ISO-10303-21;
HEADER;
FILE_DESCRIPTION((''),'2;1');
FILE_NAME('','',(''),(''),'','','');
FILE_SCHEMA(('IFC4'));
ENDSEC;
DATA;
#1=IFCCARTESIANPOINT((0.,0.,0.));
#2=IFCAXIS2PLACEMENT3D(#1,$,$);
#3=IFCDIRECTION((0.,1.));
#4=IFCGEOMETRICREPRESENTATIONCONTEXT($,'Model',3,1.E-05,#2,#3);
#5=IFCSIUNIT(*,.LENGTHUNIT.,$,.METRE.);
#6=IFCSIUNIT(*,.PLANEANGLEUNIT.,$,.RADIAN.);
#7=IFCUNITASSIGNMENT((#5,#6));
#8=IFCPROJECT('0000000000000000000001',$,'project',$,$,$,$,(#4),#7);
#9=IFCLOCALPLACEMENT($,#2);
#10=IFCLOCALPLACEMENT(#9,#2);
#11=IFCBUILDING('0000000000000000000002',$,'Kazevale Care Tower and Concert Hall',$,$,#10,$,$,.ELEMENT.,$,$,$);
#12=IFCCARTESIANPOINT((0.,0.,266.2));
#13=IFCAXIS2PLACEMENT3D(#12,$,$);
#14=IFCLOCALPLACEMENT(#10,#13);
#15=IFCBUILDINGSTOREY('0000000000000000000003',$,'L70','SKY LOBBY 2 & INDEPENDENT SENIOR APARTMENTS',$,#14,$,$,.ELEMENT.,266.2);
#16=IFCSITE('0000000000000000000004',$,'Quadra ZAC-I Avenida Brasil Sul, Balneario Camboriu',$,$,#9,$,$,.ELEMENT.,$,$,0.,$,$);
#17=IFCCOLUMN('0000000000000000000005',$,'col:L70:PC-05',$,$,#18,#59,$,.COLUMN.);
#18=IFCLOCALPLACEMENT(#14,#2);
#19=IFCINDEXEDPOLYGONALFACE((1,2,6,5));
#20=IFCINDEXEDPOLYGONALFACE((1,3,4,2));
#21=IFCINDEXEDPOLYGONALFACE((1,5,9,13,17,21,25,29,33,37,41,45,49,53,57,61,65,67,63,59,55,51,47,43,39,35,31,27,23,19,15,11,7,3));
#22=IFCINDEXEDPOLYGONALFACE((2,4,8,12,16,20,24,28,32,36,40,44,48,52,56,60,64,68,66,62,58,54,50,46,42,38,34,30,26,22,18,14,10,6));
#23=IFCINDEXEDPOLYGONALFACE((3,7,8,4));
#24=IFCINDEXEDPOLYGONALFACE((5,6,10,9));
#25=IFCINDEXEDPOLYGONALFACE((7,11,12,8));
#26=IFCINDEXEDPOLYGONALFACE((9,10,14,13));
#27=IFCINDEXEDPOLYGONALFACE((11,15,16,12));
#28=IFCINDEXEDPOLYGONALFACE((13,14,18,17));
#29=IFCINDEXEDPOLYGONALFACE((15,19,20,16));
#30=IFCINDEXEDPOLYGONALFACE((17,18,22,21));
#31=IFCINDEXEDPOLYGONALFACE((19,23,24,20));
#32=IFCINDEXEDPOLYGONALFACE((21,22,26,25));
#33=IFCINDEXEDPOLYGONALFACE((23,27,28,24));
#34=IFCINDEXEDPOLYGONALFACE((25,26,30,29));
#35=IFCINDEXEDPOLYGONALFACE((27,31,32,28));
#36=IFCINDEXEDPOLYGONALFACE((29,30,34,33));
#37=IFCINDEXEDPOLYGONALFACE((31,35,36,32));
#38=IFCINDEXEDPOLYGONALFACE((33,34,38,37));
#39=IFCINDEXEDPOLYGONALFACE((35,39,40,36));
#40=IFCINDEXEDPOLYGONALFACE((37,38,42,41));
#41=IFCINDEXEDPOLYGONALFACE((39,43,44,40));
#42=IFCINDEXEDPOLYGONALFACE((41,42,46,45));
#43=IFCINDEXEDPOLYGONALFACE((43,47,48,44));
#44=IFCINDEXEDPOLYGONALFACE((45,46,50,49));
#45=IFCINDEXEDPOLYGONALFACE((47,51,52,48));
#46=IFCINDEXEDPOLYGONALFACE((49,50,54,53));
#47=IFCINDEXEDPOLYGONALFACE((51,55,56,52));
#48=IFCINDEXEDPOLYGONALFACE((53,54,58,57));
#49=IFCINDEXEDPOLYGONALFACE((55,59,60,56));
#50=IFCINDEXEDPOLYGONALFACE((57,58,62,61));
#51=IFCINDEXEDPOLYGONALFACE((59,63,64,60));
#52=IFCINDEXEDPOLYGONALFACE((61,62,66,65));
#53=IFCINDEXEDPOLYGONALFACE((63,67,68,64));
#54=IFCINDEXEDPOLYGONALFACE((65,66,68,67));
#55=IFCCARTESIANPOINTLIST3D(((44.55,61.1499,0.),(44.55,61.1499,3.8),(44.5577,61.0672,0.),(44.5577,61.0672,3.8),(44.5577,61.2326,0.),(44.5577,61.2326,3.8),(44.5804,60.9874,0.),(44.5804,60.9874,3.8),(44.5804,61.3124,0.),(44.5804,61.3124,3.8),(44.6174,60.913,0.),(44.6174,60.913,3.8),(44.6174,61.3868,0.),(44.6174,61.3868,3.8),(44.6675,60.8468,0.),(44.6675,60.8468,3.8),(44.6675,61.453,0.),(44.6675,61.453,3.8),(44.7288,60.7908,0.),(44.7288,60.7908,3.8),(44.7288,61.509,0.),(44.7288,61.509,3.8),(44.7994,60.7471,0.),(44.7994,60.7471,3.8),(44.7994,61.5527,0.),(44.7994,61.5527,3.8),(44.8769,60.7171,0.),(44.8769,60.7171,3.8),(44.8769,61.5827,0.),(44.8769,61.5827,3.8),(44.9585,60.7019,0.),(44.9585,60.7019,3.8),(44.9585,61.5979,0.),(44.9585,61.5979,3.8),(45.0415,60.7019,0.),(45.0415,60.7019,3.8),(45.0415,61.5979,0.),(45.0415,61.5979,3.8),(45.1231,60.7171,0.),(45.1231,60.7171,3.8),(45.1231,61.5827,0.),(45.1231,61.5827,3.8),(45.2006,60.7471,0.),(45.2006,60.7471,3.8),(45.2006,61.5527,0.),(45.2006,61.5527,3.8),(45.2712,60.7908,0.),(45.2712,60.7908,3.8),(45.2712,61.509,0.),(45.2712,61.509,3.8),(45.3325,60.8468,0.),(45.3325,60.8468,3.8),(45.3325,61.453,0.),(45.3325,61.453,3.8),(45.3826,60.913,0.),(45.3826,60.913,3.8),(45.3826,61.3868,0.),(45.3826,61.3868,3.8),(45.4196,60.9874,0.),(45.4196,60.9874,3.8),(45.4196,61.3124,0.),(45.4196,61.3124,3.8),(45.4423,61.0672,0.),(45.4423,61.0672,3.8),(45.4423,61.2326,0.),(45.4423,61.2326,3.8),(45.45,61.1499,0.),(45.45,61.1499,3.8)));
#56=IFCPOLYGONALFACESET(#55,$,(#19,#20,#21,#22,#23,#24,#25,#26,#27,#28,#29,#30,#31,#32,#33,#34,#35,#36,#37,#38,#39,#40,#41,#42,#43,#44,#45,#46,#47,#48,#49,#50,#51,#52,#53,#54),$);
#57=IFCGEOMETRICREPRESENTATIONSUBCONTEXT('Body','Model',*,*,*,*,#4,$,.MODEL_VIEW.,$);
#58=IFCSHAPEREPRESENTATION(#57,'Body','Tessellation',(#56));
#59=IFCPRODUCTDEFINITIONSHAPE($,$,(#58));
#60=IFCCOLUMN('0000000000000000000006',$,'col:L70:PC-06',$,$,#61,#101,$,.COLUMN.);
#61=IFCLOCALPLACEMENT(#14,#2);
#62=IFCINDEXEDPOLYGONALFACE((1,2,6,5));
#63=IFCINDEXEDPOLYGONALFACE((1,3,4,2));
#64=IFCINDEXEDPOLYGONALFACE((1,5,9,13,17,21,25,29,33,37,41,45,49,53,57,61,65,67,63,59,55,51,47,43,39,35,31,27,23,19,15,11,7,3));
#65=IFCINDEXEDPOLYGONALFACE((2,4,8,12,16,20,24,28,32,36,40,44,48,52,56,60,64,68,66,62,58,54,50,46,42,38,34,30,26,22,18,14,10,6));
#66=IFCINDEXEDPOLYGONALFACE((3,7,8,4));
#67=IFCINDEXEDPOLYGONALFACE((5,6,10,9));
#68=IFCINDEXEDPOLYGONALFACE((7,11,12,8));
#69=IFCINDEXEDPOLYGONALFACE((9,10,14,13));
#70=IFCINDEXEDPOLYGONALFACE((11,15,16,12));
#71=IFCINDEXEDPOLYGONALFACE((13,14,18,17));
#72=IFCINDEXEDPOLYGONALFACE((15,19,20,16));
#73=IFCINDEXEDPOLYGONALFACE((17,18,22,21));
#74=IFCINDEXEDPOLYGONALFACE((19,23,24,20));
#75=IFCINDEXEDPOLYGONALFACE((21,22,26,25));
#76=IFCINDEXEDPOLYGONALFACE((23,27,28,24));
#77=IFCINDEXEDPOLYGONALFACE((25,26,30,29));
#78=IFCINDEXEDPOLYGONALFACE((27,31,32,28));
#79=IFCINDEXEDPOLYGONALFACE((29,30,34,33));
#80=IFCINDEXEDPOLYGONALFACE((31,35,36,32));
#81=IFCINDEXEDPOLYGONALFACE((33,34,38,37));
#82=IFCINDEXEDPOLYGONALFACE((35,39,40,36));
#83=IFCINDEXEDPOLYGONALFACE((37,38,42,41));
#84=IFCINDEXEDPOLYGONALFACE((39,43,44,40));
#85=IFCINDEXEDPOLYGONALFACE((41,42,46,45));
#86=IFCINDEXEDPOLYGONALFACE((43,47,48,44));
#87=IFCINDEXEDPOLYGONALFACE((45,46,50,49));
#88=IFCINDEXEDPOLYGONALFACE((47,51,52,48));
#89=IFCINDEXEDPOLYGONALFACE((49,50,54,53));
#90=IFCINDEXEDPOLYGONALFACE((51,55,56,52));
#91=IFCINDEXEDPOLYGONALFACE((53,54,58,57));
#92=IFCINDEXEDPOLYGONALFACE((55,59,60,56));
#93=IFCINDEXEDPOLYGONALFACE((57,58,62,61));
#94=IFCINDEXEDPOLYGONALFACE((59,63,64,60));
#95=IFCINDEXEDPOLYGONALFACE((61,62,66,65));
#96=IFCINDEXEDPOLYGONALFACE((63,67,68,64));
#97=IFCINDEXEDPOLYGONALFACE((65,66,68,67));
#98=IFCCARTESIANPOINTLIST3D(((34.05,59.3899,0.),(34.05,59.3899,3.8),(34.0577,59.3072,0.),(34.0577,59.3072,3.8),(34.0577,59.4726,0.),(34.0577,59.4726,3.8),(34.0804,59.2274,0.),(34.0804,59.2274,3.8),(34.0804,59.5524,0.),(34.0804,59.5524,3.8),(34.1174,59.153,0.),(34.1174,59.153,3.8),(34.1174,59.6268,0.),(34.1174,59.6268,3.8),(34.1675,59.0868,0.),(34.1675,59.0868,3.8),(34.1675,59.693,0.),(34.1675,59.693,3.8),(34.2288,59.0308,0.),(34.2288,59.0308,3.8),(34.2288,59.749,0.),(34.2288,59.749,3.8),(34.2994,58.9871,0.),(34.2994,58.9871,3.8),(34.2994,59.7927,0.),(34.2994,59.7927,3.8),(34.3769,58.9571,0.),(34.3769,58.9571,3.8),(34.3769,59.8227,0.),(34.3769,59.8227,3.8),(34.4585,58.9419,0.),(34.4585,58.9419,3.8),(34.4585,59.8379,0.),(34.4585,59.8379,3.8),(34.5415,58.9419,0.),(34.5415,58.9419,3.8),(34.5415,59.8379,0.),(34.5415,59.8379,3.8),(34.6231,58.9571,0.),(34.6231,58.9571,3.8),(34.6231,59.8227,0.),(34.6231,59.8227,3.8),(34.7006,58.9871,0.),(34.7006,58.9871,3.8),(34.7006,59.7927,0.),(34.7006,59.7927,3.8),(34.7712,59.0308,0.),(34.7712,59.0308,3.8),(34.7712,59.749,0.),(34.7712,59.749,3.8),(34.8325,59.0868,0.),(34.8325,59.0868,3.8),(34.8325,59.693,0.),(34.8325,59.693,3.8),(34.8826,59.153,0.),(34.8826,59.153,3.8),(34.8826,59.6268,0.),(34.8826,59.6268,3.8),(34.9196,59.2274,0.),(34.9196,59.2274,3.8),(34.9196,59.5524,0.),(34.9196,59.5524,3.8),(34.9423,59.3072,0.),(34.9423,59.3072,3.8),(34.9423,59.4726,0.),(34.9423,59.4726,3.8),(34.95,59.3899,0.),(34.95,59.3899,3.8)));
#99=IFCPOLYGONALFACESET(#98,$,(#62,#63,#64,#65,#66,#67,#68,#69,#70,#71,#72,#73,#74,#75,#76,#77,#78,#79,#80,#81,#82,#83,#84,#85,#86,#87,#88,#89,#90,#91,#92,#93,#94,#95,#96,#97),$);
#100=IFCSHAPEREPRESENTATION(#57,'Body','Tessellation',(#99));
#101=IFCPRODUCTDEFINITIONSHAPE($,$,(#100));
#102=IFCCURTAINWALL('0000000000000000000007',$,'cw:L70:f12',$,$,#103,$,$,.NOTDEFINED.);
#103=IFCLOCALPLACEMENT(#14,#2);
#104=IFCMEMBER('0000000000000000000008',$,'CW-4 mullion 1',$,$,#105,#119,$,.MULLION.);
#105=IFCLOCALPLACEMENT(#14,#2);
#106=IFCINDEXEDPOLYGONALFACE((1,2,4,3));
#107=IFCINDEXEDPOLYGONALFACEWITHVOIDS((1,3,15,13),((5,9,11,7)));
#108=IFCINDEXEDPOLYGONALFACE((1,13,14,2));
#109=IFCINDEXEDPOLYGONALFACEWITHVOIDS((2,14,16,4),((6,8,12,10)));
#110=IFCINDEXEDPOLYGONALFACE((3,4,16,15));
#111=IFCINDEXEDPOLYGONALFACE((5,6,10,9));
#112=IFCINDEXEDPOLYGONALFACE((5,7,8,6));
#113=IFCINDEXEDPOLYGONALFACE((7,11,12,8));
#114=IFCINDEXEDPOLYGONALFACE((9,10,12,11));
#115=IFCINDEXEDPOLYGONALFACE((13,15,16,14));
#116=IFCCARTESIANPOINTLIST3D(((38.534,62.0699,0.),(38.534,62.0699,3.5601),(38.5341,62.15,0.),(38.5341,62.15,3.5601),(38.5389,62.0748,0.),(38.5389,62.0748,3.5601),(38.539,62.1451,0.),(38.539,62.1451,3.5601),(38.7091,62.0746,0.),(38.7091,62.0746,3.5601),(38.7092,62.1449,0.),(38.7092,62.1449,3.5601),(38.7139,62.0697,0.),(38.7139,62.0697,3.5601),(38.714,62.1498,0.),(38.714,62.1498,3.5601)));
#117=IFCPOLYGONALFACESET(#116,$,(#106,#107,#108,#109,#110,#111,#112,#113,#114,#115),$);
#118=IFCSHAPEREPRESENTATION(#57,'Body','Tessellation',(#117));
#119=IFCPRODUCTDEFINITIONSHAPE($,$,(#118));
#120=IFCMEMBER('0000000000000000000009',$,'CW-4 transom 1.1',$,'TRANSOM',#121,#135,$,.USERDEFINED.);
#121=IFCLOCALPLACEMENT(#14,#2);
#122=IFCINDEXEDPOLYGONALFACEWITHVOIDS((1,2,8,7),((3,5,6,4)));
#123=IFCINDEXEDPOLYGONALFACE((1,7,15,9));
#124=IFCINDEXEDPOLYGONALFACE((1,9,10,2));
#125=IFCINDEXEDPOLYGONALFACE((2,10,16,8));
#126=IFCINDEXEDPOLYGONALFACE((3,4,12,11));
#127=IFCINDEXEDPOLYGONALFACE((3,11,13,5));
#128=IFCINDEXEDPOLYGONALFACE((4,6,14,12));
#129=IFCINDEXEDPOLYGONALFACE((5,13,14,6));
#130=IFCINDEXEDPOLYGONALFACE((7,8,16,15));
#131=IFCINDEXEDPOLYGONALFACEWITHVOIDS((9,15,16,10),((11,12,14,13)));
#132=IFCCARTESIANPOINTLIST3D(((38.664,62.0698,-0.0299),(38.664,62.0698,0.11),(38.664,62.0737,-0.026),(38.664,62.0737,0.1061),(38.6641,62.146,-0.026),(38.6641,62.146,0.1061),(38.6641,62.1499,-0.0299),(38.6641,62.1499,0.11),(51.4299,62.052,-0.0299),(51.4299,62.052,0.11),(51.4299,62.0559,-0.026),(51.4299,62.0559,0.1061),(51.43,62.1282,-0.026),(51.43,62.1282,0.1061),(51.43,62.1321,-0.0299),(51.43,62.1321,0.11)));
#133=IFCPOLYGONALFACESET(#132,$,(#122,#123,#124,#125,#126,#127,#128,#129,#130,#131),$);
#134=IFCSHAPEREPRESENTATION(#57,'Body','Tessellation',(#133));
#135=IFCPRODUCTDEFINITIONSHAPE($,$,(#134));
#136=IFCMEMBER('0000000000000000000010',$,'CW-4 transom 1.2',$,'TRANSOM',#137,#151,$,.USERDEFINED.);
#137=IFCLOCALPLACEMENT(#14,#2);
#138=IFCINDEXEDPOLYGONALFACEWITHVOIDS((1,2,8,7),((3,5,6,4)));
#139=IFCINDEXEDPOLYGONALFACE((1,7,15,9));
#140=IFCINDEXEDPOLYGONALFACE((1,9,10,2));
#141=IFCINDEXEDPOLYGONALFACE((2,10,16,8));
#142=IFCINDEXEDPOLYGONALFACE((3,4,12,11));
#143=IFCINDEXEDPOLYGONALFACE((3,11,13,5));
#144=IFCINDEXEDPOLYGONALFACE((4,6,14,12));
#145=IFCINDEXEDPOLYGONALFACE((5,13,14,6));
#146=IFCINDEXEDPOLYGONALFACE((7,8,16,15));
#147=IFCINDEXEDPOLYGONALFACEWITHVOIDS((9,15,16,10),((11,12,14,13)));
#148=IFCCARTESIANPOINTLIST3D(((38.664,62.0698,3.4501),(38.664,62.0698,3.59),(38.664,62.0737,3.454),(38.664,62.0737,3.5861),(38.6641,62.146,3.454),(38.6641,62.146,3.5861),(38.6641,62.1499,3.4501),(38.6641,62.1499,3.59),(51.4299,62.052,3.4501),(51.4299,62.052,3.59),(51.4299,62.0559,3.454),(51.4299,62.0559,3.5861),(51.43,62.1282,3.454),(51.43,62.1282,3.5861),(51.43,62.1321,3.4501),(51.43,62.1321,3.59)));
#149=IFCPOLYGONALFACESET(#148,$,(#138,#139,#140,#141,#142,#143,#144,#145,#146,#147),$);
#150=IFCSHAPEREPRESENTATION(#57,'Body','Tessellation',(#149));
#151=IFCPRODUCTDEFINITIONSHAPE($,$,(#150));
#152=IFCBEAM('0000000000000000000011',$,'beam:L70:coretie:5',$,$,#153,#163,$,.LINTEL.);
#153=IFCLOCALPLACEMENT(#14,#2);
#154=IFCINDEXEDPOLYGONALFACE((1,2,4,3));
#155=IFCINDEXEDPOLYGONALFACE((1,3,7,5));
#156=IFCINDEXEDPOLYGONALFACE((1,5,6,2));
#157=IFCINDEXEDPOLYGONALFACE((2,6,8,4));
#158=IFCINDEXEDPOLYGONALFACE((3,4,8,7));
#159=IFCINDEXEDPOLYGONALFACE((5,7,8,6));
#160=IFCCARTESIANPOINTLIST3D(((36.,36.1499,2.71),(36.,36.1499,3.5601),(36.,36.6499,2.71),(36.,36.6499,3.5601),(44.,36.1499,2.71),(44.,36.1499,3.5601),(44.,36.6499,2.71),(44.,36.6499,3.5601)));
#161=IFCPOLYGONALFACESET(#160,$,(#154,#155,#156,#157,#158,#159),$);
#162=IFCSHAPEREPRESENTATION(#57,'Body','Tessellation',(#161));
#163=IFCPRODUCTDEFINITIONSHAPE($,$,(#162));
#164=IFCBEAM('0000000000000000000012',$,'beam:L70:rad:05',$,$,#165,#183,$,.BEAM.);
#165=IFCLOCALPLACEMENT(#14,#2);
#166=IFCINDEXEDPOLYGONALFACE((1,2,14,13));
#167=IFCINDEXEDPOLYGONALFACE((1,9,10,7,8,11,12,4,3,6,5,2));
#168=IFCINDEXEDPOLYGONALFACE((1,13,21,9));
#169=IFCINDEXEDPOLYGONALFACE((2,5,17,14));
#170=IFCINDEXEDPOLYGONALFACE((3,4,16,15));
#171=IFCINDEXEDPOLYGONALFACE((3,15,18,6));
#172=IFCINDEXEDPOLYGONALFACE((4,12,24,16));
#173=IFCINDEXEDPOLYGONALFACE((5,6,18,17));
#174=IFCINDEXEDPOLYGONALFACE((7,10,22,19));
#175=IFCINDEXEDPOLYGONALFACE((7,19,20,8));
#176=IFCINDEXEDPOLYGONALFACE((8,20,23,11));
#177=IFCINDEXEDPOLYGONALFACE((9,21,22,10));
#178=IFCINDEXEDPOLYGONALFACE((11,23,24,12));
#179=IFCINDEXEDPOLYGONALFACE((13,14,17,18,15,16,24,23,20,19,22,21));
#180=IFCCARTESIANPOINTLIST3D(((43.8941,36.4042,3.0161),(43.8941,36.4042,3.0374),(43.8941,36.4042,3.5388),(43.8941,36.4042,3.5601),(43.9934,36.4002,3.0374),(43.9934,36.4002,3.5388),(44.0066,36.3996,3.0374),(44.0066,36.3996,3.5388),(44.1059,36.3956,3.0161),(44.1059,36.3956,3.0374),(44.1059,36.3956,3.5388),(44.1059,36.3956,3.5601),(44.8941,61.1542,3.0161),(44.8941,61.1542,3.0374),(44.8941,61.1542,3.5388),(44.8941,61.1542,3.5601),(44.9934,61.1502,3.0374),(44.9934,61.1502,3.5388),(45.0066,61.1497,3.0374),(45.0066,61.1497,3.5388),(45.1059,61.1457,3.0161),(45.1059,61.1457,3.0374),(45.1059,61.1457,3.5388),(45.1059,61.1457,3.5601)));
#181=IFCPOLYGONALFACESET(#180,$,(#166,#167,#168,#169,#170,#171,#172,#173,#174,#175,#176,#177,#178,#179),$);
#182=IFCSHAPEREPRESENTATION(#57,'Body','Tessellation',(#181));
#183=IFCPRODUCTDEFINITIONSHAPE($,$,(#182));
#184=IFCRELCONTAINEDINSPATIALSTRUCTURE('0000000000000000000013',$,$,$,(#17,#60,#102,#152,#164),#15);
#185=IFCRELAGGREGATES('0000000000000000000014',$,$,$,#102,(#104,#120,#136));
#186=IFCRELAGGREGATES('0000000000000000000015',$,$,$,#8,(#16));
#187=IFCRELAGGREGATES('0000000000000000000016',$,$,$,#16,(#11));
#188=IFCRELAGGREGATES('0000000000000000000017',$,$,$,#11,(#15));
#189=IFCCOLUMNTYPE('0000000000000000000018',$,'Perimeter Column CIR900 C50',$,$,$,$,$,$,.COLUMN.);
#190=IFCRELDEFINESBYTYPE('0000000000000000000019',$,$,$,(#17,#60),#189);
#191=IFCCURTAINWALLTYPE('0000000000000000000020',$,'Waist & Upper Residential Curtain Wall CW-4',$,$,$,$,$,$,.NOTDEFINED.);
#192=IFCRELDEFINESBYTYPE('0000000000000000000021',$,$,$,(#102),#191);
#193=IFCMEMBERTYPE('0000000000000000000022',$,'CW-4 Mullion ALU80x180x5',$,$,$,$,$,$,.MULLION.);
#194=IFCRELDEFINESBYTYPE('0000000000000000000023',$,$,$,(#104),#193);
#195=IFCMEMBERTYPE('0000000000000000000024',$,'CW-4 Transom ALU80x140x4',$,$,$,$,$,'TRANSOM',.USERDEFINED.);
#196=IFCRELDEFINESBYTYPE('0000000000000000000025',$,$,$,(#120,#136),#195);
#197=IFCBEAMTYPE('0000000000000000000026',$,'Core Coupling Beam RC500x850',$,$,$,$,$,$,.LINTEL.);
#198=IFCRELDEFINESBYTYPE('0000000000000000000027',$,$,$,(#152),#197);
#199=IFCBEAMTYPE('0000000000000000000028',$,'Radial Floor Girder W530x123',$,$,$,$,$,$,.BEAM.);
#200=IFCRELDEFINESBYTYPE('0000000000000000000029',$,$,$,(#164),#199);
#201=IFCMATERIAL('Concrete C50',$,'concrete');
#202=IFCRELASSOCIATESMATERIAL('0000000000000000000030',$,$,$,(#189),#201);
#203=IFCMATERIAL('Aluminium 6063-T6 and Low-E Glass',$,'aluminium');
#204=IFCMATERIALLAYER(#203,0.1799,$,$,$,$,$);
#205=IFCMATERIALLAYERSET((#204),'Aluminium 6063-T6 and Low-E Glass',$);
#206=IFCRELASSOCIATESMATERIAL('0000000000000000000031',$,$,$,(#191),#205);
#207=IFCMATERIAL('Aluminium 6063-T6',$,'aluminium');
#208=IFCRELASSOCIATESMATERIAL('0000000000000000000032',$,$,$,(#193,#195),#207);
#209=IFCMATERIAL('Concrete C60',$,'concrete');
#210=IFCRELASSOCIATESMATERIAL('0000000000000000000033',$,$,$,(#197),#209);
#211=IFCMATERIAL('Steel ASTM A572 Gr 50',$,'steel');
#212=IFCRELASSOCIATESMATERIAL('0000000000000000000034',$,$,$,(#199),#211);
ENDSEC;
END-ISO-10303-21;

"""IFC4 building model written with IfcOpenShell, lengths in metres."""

from ifc_helpers import new_model, si_unit, direction, frame, origin, origin_2d, place, context, subcontext, project, spatial, rectangle, hollow_rectangle, circle, i_section, extrude, material, layer, layer_set, material_profile, profile_set, type_object, element, aggregate, save


model = new_model("IFC4")

# Units and contexts
model_context = context("Model", 3, precision=1e-05, world=origin(), true_north=direction((0.0, 1.0)))
body_context = subcontext(model_context, "Body", "Model", "MODEL_VIEW")
ifc_project = project(units=[si_unit("LENGTHUNIT", "METRE"), si_unit("PLANEANGLEUNIT", "RADIAN")], contexts=[model_context])

# Site, building, storey
site_placement = place(None, origin())
site = spatial("IfcSite", under=ifc_project, at=site_placement, Name="Quadra ZAC-I Avenida Brasil Sul, Balneario Camboriu", CompositionType="ELEMENT", RefElevation=0.0)
building_placement = place(site_placement, origin())
building = spatial("IfcBuilding", under=site, at=building_placement, Name="Kazevale Care Tower and Concert Hall", CompositionType="ELEMENT")
storey_placement = place(building_placement, frame((0.0, 0.0, 266.2)))
storey = spatial("IfcBuildingStorey", under=building, at=storey_placement, Name="L70", Description="SKY LOBBY 2 & INDEPENDENT SENIOR APARTMENTS", CompositionType="ELEMENT", Elevation=266.2)

# Columns
ifc_material_1 = material(Name="Concrete C50", Category="concrete")
ifc_material_profile_1 = material_profile(ifc_material_1, circle(Radius=0.45, at=origin_2d()), Name="RC-CIR900")
ifc_profile_set_1 = profile_set([ifc_material_profile_1], Name="Concrete C50")
column_type = type_object("IfcColumnType", Name="Perimeter Column CIR900 C50", PredefinedType="COLUMN", material=ifc_profile_set_1)
for number, where, z_axis, x_axis, name in (
    (1, (45.0, 61.1499, 0.0), (0.0, 0.0, 1.0), (1.0, 0.0, 0.0), "col:L70:PC-05"),
    (2, (34.5, 59.3899, 0.0), (0.0, 0.0, 1.0), (1.0, 0.0, 0.0), "col:L70:PC-06"),
):
    element("IfcColumn", number, at=place(storey_placement, frame(where, z_axis=z_axis, x_axis=x_axis)), inside=storey, type_object=column_type, Name=name, PredefinedType="COLUMN", context=body_context, shape_type="SweptSolid", body=[
        extrude(circle(Radius=0.45, at=origin_2d()), origin(), (0.0, 0.0, 1.0), 3.8),
    ])

# Curtain wall, members
ifc_material_2 = material(Name="Aluminium 6063-T6 and Low-E Glass", Category="aluminium")
ifc_layer_1 = layer(ifc_material_2, 0.1799)
ifc_layer_set_1 = layer_set([ifc_layer_1], Name="Aluminium 6063-T6 and Low-E Glass")
curtain_wall_type = type_object("IfcCurtainWallType", Name="Waist & Upper Residential Curtain Wall CW-4", PredefinedType="NOTDEFINED", material=ifc_layer_set_1)
curtain_wall_placement = place(storey_placement, origin())
curtain_wall = element("IfcCurtainWall", 3, at=curtain_wall_placement, inside=storey, type_object=curtain_wall_type, Name="cw:L70:f12", PredefinedType="NOTDEFINED")
ifc_material_3 = material(Name="Aluminium 6063-T6", Category="aluminium")
ifc_material_profile_2 = material_profile(ifc_material_3, hollow_rectangle(XDim=0.0801, YDim=0.1799, WallThickness=0.0049, at=origin_2d()), Name="ALU80x180x5")
ifc_profile_set_2 = profile_set([ifc_material_profile_2], Name="Aluminium 6063-T6")
member_type_1 = type_object("IfcMemberType", Name="CW-4 Mullion ALU80x180x5", PredefinedType="MULLION", material=ifc_profile_set_2)
member_1_placement = place(storey_placement, frame((38.624, 62.1099, 0.0), z_axis=(0.0, 0.0, 1.0), x_axis=(0.001393, 0.999999, 0.0)))
member_1 = element("IfcMember", 4, at=member_1_placement, type_object=member_type_1, Name="CW-4 mullion 1", PredefinedType="MULLION", context=body_context, shape_type="SweptSolid", body=[
    extrude(hollow_rectangle(XDim=0.0801, YDim=0.1799, WallThickness=0.0049, at=origin_2d()), origin(), (0.0, 0.0, 1.0), 3.5601),
])
ifc_material_profile_3 = material_profile(ifc_material_3, hollow_rectangle(XDim=0.0801, YDim=0.1399, WallThickness=0.0039, at=origin_2d()), Name="ALU80x140x4")
ifc_profile_set_3 = profile_set([ifc_material_profile_3], Name="Aluminium 6063-T6")
member_type_2 = type_object("IfcMemberType", Name="CW-4 Transom ALU80x140x4", ElementType="TRANSOM", PredefinedType="USERDEFINED", material=ifc_profile_set_3)
member_2_placement = place(storey_placement, frame((38.6641, 62.1099, 0.04), z_axis=(0.999999, -0.001396, 0.0), x_axis=(0.001396, 0.999999, 0.0)))
member_2 = element("IfcMember", 5, at=member_2_placement, type_object=member_type_2, Name="CW-4 transom 1.1", ObjectType="TRANSOM", PredefinedType="USERDEFINED", context=body_context, shape_type="SweptSolid", body=[
    extrude(hollow_rectangle(XDim=0.0801, YDim=0.1399, WallThickness=0.0039, at=origin_2d()), origin(), (0.0, 0.0, 1.0), 12.7659),
])
member_3_placement = place(storey_placement, frame((38.6641, 62.1099, 3.52), z_axis=(0.999999, -0.001396, 0.0), x_axis=(0.001396, 0.999999, 0.0)))
member_3 = element("IfcMember", 6, at=member_3_placement, type_object=member_type_2, Name="CW-4 transom 1.2", ObjectType="TRANSOM", PredefinedType="USERDEFINED", context=body_context, shape_type="SweptSolid", body=[
    extrude(hollow_rectangle(XDim=0.0801, YDim=0.1399, WallThickness=0.0039, at=origin_2d()), origin(), (0.0, 0.0, 1.0), 12.7659),
])
aggregate(curtain_wall, [member_1, member_2, member_3])

# Beams
ifc_material_4 = material(Name="Concrete C60", Category="concrete")
ifc_material_profile_4 = material_profile(ifc_material_4, rectangle(XDim=0.5, YDim=0.8501, at=origin_2d()), Name="RC-B500x850")
ifc_profile_set_4 = profile_set([ifc_material_profile_4], Name="Concrete C60")
beam_type_1 = type_object("IfcBeamType", Name="Core Coupling Beam RC500x850", PredefinedType="LINTEL", material=ifc_profile_set_4)
beam_1_placement = place(storey_placement, frame((44.0, 36.3999, 3.135), z_axis=(-1.0, 0.0, 0.0), x_axis=(0.0, -1.0, 0.0)))
element("IfcBeam", 7, at=beam_1_placement, inside=storey, type_object=beam_type_1, Name="beam:L70:coretie:5", PredefinedType="LINTEL", context=body_context, shape_type="SweptSolid", body=[
    extrude(rectangle(XDim=0.5, YDim=0.8501, at=origin_2d()), origin(), (0.0, 0.0, 1.0), 8.0),
])
ifc_material_5 = material(Name="Steel ASTM A572 Gr 50", Category="steel")
ifc_material_profile_5 = material_profile(ifc_material_5, i_section(OverallWidth=0.2119, OverallDepth=0.5439, WebThickness=0.0132, FlangeThickness=0.0212, at=origin_2d()), Name="W530x123")
ifc_profile_set_5 = profile_set([ifc_material_profile_5], Name="Steel ASTM A572 Gr 50")
beam_type_2 = type_object("IfcBeamType", Name="Radial Floor Girder W530x123", PredefinedType="BEAM", material=ifc_profile_set_5)
beam_2_placement = place(storey_placement, frame((44.0, 36.3999, 3.2881), z_axis=(0.040371, 0.999185, 0.0), x_axis=(-0.999185, 0.040371, 0.0)))
element("IfcBeam", 8, at=beam_2_placement, inside=storey, type_object=beam_type_2, Name="beam:L70:rad:05", PredefinedType="BEAM", context=body_context, shape_type="SweptSolid", body=[
    extrude(i_section(OverallWidth=0.2119, OverallDepth=0.5439, WebThickness=0.0132, FlangeThickness=0.0212, at=origin_2d()), origin(), (0.0, 0.0, 1.0), 24.7703),
])

save(model, "model.ifc")
